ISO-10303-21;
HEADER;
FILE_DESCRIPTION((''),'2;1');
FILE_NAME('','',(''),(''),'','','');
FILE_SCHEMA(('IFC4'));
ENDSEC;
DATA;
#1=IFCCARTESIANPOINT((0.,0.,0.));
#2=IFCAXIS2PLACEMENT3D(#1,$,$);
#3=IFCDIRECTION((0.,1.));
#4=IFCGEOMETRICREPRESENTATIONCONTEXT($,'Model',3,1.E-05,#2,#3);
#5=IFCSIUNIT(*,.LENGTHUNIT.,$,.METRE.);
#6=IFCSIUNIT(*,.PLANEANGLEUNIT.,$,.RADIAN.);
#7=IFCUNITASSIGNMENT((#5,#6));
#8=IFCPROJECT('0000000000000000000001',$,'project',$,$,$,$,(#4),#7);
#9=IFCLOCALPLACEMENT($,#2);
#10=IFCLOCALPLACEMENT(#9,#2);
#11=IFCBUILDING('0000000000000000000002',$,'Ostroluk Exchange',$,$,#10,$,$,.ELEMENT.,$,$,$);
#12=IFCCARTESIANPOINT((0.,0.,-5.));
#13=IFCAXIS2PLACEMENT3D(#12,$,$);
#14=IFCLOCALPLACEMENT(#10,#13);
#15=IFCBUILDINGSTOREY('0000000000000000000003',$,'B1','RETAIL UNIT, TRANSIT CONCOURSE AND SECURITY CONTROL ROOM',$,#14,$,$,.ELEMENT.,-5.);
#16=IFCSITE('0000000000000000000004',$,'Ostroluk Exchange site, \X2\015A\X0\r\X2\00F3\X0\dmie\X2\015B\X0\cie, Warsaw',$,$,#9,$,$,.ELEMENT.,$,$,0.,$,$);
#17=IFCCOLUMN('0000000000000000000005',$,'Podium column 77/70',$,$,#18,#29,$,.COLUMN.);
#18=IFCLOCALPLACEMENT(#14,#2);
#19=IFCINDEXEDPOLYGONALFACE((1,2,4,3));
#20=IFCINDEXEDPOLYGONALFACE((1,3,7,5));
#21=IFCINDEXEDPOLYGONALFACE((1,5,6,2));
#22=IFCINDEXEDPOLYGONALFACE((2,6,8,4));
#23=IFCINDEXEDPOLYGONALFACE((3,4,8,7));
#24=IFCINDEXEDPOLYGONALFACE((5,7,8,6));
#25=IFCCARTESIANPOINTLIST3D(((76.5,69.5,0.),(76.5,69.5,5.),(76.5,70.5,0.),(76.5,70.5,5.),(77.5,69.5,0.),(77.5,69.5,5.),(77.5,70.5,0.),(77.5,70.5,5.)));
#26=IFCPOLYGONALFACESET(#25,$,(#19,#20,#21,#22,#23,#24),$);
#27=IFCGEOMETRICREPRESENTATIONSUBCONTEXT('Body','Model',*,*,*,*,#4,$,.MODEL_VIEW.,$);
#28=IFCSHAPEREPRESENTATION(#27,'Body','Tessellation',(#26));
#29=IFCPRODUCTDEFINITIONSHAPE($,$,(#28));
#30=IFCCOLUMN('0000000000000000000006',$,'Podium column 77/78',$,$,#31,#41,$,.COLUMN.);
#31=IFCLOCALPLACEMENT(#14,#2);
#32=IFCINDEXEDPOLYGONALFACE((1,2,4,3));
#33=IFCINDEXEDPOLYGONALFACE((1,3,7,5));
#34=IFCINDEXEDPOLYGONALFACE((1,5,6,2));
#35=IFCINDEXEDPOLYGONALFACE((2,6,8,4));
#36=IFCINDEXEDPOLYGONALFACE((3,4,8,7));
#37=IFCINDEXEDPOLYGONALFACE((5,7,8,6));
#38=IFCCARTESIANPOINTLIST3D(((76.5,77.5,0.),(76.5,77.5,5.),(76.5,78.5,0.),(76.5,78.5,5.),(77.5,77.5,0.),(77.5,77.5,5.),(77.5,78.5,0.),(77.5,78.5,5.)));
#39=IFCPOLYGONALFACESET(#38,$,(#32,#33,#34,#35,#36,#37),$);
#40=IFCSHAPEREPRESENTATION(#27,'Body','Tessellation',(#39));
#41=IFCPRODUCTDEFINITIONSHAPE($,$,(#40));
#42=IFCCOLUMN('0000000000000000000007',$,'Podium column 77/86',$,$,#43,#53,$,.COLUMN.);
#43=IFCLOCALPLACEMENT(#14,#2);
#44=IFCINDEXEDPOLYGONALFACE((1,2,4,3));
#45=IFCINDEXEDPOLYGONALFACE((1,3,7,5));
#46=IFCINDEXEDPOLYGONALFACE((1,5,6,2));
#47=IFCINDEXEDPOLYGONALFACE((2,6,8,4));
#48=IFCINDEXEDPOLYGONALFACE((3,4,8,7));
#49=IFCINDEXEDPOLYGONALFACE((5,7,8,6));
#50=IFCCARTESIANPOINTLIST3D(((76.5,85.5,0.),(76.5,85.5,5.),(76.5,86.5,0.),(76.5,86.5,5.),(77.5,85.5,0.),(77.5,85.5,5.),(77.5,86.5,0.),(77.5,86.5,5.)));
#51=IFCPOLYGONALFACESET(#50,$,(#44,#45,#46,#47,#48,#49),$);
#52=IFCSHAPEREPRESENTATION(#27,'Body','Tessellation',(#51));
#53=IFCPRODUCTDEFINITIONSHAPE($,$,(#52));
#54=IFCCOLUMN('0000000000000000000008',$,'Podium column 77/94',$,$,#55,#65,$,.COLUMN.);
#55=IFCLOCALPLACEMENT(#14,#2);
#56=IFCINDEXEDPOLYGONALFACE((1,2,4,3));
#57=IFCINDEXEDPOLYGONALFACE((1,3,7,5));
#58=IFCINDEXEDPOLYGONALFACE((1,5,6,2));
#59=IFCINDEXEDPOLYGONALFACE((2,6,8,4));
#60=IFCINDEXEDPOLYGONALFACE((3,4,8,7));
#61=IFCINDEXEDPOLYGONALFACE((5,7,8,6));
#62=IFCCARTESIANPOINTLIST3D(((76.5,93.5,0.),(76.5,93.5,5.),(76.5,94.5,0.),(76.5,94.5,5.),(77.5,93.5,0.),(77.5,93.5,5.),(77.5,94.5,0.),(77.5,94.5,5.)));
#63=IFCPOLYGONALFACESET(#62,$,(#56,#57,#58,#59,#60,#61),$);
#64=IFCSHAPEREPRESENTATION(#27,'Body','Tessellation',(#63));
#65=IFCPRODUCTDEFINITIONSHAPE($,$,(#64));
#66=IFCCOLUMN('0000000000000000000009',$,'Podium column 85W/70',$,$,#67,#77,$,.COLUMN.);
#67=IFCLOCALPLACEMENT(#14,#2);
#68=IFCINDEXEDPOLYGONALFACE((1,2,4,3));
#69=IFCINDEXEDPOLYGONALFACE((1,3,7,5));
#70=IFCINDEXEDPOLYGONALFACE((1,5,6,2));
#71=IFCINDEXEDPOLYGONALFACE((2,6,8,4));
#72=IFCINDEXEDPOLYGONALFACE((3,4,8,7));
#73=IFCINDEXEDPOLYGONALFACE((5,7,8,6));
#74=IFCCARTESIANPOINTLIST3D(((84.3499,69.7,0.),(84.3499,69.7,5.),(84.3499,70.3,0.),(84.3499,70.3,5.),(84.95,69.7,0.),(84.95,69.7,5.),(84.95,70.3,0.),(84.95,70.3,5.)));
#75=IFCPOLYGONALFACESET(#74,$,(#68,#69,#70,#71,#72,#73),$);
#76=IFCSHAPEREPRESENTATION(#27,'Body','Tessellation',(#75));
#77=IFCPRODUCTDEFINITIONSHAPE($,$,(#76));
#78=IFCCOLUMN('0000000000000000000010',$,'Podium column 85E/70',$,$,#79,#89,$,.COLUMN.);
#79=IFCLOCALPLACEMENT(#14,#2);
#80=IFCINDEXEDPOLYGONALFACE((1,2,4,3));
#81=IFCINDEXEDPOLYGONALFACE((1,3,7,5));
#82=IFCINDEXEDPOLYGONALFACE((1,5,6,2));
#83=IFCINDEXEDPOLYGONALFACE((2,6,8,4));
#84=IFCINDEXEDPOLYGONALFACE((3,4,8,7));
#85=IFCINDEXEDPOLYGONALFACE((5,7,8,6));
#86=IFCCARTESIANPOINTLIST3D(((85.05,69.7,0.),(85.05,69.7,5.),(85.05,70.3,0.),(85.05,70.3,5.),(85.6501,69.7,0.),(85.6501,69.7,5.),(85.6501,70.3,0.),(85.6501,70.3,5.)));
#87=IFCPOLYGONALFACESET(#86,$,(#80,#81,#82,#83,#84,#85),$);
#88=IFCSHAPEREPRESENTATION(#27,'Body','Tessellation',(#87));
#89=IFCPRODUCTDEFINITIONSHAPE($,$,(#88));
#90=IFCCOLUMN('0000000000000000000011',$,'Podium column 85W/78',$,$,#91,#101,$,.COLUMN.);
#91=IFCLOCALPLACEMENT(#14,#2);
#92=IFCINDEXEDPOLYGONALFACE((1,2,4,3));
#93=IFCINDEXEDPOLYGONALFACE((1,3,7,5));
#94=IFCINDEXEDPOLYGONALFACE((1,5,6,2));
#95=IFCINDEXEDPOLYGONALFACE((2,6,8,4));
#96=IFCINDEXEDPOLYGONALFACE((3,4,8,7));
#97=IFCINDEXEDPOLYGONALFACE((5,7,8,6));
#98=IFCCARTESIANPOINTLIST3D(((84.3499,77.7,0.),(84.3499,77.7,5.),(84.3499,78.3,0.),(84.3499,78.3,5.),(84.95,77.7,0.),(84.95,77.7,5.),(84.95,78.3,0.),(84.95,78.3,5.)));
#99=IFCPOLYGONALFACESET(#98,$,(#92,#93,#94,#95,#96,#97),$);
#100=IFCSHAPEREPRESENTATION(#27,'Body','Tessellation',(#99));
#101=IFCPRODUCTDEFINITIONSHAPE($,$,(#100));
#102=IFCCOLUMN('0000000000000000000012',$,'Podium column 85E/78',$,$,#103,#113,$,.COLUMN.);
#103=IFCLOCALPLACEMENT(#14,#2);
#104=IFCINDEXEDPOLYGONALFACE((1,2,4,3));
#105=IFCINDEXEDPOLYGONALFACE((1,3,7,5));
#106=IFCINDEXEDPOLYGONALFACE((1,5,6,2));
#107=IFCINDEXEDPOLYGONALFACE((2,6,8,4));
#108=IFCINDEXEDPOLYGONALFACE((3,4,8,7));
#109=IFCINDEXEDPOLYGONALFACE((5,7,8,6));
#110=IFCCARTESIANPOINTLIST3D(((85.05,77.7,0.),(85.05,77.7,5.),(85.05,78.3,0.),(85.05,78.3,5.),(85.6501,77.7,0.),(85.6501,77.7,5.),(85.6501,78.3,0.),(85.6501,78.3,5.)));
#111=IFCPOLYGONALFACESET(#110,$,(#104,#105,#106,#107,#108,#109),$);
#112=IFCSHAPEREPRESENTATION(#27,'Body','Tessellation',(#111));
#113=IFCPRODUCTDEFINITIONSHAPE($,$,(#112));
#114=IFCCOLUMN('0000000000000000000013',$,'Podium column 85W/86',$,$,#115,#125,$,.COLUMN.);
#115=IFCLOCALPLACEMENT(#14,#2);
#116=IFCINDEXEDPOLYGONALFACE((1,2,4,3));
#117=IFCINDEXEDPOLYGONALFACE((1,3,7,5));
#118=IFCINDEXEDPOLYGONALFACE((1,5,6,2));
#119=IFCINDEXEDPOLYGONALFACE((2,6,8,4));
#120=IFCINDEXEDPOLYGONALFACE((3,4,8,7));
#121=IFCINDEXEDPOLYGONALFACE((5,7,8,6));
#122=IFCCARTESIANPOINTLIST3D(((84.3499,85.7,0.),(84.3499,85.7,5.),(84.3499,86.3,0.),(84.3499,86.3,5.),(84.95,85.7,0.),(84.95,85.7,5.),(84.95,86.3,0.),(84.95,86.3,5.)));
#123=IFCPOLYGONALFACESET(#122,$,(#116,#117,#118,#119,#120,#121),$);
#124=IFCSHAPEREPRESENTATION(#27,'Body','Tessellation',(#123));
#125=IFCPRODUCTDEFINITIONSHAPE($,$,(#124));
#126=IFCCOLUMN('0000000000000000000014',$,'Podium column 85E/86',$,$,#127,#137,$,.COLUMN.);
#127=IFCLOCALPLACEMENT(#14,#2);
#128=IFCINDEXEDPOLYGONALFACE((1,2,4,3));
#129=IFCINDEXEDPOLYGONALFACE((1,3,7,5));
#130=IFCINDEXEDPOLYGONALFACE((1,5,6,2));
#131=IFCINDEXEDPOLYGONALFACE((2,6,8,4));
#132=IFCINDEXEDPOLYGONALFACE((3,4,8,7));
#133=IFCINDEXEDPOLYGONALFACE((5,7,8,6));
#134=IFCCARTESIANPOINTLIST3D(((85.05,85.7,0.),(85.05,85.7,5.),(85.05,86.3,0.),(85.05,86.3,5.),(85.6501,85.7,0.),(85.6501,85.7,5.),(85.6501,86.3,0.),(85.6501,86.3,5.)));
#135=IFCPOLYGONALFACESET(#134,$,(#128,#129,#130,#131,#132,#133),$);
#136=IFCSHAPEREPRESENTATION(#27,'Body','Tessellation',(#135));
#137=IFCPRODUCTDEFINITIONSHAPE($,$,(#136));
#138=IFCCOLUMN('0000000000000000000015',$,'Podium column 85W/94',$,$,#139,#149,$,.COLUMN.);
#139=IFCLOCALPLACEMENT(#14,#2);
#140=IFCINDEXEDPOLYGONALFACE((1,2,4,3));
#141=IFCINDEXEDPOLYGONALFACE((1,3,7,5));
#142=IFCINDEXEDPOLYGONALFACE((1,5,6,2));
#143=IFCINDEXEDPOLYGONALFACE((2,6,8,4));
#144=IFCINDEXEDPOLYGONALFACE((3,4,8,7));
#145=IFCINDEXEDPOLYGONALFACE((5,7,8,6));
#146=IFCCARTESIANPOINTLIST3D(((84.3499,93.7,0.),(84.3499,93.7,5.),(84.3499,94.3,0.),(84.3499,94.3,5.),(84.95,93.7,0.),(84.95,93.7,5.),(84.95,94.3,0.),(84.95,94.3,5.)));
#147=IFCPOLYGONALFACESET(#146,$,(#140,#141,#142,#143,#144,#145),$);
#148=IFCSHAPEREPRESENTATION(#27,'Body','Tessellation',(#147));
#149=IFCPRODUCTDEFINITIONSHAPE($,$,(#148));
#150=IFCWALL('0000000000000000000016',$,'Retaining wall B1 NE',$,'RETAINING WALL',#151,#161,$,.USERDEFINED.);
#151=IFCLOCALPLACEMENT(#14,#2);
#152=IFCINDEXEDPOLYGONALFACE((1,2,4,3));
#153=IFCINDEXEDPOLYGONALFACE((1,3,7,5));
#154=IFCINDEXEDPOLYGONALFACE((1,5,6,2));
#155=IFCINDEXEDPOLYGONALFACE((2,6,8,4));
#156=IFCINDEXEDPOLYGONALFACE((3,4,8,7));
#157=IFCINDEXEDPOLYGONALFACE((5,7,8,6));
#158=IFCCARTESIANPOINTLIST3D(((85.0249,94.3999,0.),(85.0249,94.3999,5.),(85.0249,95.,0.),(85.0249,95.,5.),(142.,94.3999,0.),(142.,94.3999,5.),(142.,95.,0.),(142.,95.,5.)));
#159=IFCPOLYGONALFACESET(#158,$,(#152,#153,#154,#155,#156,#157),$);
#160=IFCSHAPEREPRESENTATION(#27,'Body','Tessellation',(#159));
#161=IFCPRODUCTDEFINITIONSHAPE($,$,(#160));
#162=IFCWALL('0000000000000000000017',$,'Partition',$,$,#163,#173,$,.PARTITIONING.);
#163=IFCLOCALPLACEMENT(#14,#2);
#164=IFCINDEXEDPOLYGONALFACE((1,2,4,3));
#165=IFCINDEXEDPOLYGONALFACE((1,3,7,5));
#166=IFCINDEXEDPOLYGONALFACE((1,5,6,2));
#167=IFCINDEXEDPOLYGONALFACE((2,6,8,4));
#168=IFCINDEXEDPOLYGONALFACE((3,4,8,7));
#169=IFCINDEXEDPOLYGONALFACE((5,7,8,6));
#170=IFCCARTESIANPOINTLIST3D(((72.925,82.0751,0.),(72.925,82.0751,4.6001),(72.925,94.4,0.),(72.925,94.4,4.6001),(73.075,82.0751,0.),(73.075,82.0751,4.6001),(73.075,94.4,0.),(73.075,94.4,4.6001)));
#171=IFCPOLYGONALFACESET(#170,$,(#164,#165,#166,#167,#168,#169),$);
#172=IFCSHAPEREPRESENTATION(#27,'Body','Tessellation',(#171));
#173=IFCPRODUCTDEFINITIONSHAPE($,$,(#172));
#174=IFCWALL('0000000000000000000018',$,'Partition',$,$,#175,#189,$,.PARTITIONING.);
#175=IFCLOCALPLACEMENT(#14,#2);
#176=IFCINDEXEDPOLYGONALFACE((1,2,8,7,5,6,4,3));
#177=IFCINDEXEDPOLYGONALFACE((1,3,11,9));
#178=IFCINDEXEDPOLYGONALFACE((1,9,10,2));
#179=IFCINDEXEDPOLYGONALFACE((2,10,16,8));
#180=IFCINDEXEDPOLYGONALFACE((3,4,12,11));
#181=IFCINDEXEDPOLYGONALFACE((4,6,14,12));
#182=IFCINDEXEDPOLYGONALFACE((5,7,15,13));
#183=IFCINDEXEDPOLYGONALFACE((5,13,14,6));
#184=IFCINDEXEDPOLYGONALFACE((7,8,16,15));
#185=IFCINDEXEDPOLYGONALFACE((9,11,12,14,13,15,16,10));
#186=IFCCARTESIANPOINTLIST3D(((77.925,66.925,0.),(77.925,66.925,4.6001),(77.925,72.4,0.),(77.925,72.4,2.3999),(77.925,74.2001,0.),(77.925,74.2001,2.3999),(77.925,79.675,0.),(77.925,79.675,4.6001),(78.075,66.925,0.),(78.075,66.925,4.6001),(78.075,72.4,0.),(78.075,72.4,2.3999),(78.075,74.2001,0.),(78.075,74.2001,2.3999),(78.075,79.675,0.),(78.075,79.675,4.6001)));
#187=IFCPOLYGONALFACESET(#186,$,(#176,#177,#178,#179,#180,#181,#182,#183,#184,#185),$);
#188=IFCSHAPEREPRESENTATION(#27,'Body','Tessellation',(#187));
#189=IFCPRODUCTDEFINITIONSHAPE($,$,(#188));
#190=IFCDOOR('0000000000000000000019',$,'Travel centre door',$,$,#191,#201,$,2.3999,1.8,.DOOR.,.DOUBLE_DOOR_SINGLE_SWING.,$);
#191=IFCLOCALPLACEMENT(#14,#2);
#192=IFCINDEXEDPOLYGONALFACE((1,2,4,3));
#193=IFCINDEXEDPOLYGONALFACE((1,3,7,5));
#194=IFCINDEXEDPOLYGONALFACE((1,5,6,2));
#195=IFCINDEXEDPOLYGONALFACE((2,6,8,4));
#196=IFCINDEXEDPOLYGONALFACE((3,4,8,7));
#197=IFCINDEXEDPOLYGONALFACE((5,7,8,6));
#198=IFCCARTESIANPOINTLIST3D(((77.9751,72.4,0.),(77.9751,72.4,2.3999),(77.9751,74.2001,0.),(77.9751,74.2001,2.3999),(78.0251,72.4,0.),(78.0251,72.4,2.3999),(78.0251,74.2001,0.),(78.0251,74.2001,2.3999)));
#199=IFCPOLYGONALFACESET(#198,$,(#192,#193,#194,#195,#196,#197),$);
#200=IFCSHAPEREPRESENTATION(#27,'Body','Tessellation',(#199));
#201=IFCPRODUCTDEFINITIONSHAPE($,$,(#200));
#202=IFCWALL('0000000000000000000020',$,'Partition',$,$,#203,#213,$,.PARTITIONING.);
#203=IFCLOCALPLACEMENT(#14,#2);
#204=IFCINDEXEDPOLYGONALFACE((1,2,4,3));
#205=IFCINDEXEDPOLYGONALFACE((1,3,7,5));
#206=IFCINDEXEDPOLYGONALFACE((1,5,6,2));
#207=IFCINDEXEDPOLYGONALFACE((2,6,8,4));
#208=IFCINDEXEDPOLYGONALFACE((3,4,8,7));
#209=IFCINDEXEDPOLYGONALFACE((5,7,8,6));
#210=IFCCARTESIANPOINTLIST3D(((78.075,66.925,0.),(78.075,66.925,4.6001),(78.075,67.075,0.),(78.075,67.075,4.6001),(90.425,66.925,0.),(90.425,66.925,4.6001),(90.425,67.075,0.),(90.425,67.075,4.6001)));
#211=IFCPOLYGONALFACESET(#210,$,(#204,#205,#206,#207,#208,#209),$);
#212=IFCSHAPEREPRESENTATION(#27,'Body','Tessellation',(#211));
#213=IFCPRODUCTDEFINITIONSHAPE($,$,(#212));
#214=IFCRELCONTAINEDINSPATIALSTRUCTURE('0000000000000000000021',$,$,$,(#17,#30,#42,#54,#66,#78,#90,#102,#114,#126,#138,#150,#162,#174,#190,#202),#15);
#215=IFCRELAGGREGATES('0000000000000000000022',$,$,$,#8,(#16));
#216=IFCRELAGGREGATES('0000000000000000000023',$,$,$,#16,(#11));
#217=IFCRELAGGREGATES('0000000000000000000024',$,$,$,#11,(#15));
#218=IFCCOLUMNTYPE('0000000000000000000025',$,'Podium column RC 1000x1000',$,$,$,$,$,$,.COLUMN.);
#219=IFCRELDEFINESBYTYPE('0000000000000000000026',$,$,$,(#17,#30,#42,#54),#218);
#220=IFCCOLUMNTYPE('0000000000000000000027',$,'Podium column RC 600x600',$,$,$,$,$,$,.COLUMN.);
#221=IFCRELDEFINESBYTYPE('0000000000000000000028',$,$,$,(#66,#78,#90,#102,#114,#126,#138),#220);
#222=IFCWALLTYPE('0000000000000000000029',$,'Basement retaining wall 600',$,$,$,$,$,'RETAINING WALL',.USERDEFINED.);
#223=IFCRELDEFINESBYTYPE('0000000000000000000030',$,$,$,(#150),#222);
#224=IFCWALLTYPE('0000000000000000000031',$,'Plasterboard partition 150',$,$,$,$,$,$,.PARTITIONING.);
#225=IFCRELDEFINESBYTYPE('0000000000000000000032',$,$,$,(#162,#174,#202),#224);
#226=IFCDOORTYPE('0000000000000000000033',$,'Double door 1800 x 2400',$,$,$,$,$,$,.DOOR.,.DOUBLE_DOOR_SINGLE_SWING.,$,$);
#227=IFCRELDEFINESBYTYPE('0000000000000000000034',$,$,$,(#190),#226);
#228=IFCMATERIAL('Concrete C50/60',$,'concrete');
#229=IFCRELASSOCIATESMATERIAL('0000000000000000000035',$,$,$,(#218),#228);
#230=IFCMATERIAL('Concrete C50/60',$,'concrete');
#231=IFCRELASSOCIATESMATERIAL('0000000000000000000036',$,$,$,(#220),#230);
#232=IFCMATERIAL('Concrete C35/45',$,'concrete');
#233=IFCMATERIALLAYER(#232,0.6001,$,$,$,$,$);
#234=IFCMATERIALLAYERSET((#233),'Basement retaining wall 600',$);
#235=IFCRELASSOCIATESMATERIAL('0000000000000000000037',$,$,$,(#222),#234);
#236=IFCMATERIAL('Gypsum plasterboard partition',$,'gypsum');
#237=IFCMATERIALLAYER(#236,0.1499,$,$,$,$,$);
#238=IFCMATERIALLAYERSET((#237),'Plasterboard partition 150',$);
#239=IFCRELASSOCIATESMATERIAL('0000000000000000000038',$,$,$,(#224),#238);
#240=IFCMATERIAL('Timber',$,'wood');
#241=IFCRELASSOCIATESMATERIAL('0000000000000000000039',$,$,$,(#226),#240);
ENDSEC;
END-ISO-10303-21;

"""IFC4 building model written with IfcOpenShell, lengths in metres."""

from ifc_helpers import new_model, si_unit, direction, frame, frame_2d, origin, origin_2d, place, context, subcontext, project, spatial, rectangle, extrude, material, layer, layer_set, material_profile, profile_set, type_object, element, fill, save


model = new_model("IFC4")

# Units and contexts
model_context = context("Model", 3, precision=1e-05, world=origin(), true_north=direction((0.0, 1.0)))
body_context = subcontext(model_context, "Body", "Model", "MODEL_VIEW")
ifc_project = project(units=[si_unit("LENGTHUNIT", "METRE"), si_unit("PLANEANGLEUNIT", "RADIAN")], contexts=[model_context])

# Site, building, storey
site_placement = place(None, origin())
site = spatial("IfcSite", under=ifc_project, at=site_placement, Name="Ostroluk Exchange site, Śródmieście, Warsaw", CompositionType="ELEMENT", RefElevation=0.0)
building_placement = place(site_placement, origin())
building = spatial("IfcBuilding", under=site, at=building_placement, Name="Ostroluk Exchange", CompositionType="ELEMENT")
storey_placement = place(building_placement, frame((0.0, 0.0, -5.0)))
storey = spatial("IfcBuildingStorey", under=building, at=storey_placement, Name="B1", Description="RETAIL UNIT, TRANSIT CONCOURSE AND SECURITY CONTROL ROOM", CompositionType="ELEMENT", Elevation=-5.0)

# Columns
ifc_material_1 = material(Name="Concrete C50/60", Category="concrete")
ifc_material_profile_1 = material_profile(ifc_material_1, rectangle(XDim=1.0, YDim=1.0, at=origin_2d()), Name="RC 1000x1000")
ifc_profile_set_1 = profile_set([ifc_material_profile_1], Name="Concrete C50/60")
column_type_1 = type_object("IfcColumnType", Name="Podium column RC 1000x1000", PredefinedType="COLUMN", material=ifc_profile_set_1)
for number, where, z_axis, x_axis, name in (
    (1, (77.0, 70.0, 0.0), (0.0, 0.0, 1.0), (1.0, 0.0, 0.0), "Podium column 77/70"),
    (2, (77.0, 78.0, 0.0), (0.0, 0.0, 1.0), (1.0, 0.0, 0.0), "Podium column 77/78"),
    (3, (77.0, 86.0, 0.0), (0.0, 0.0, 1.0), (1.0, 0.0, 0.0), "Podium column 77/86"),
    (4, (77.0, 94.0, 0.0), (0.0, 0.0, 1.0), (1.0, 0.0, 0.0), "Podium column 77/94"),
):
    element("IfcColumn", number, at=place(storey_placement, frame(where, z_axis=z_axis, x_axis=x_axis)), inside=storey, type_object=column_type_1, Name=name, PredefinedType="COLUMN", context=body_context, shape_type="SweptSolid", body=[
        extrude(rectangle(XDim=1.0, YDim=1.0, at=origin_2d()), origin(), (0.0, 0.0, 1.0), 5.0),
    ])
ifc_material_2 = material(Name="Concrete C50/60", Category="concrete")
ifc_material_profile_2 = material_profile(ifc_material_2, rectangle(XDim=0.6001, YDim=0.6001, at=origin_2d()), Name="RC 600x600")
ifc_profile_set_2 = profile_set([ifc_material_profile_2], Name="Concrete C50/60")
column_type_2 = type_object("IfcColumnType", Name="Podium column RC 600x600", PredefinedType="COLUMN", material=ifc_profile_set_2)
for number, where, z_axis, x_axis, name in (
    (5, (84.6499, 70.0, 0.0), (0.0, 0.0, 1.0), (1.0, 0.0, 0.0), "Podium column 85W/70"),
    (6, (85.3501, 70.0, 0.0), (0.0, 0.0, 1.0), (1.0, 0.0, 0.0), "Podium column 85E/70"),
    (7, (84.6499, 78.0, 0.0), (0.0, 0.0, 1.0), (1.0, 0.0, 0.0), "Podium column 85W/78"),
    (8, (85.3501, 78.0, 0.0), (0.0, 0.0, 1.0), (1.0, 0.0, 0.0), "Podium column 85E/78"),
    (9, (84.6499, 86.0, 0.0), (0.0, 0.0, 1.0), (1.0, 0.0, 0.0), "Podium column 85W/86"),
    (10, (85.3501, 86.0, 0.0), (0.0, 0.0, 1.0), (1.0, 0.0, 0.0), "Podium column 85E/86"),
    (11, (84.6499, 94.0, 0.0), (0.0, 0.0, 1.0), (1.0, 0.0, 0.0), "Podium column 85W/94"),
):
    element("IfcColumn", number, at=place(storey_placement, frame(where, z_axis=z_axis, x_axis=x_axis)), inside=storey, type_object=column_type_2, Name=name, PredefinedType="COLUMN", context=body_context, shape_type="SweptSolid", body=[
        extrude(rectangle(XDim=0.6001, YDim=0.6001, at=origin_2d()), origin(), (0.0, 0.0, 1.0), 5.0),
    ])

# Walls
ifc_material_3 = material(Name="Concrete C35/45", Category="concrete")
ifc_layer_1 = layer(ifc_material_3, 0.6001)
ifc_layer_set_1 = layer_set([ifc_layer_1], Name="Basement retaining wall 600")
wall_type_1 = type_object("IfcWallType", Name="Basement retaining wall 600", ElementType="RETAINING WALL", PredefinedType="USERDEFINED", material=ifc_layer_set_1)
wall_1_placement = place(storey_placement, frame((85.0249, 94.7, 0.0), z_axis=(0.0, 0.0, 1.0), x_axis=(1.0, 0.0, 0.0)))
element("IfcWall", 12, at=wall_1_placement, inside=storey, type_object=wall_type_1, Name="Retaining wall B1 NE", ObjectType="RETAINING WALL", PredefinedType="USERDEFINED", context=body_context, shape_type="SweptSolid", body=[
    extrude(rectangle(XDim=56.9751, YDim=0.6001, at=frame_2d((28.4875, 0.0))), origin(), (0.0, 0.0, 1.0), 5.0),
])
ifc_material_4 = material(Name="Gypsum plasterboard partition", Category="gypsum")
ifc_layer_2 = layer(ifc_material_4, 0.1499)
ifc_layer_set_2 = layer_set([ifc_layer_2], Name="Plasterboard partition 150")
wall_type_2 = type_object("IfcWallType", Name="Plasterboard partition 150", PredefinedType="PARTITIONING", material=ifc_layer_set_2)
wall_2_placement = place(storey_placement, frame((73.0, 82.075, 0.0), z_axis=(0.0, 0.0, 1.0), x_axis=(0.0, 1.0, 0.0)))
element("IfcWall", 13, at=wall_2_placement, inside=storey, type_object=wall_type_2, Name="Partition", PredefinedType="PARTITIONING", context=body_context, shape_type="SweptSolid", body=[
    extrude(rectangle(XDim=12.325, YDim=0.1499, at=frame_2d((6.1626, 0.0))), origin(), (0.0, 0.0, 1.0), 4.6001),
])

# Wall, opening, door
wall_3_placement = place(storey_placement, frame((78.0, 66.925, 0.0), z_axis=(0.0, 0.0, 1.0), x_axis=(0.0, 1.0, 0.0)))
wall_3 = element("IfcWall", 14, at=wall_3_placement, inside=storey, type_object=wall_type_2, Name="Partition", PredefinedType="PARTITIONING", context=body_context, shape_type="SweptSolid", body=[
    extrude(rectangle(XDim=12.75, YDim=0.1499, at=frame_2d((6.375, 0.0))), origin(), (0.0, 0.0, 1.0), 4.6001),
])
opening_placement = place(wall_3_placement, frame((5.4751, 0.0, 0.0)))
opening = element("IfcOpeningElement", 15, at=opening_placement, cuts=wall_3, PredefinedType="OPENING", context=body_context, shape_type="SweptSolid", body=[
    extrude(rectangle(XDim=1.8, YDim=2.3999, at=frame_2d((0.8999, 1.2))), frame((0.0, 0.085, 0.0), z_axis=(0.0, -1.0, 0.0), x_axis=(1.0, 0.0, 0.0)), (0.0, 0.0, 1.0), 0.1699),
])
ifc_material_5 = material(Name="Timber", Category="wood")
door_type = type_object("IfcDoorType", Name="Double door 1800 x 2400", OperationType="DOUBLE_DOOR_SINGLE_SWING", PredefinedType="DOOR", material=ifc_material_5)
door_placement = place(opening_placement, origin())
door = element("IfcDoor", 16, at=door_placement, inside=storey, type_object=door_type, Name="Travel centre door", OperationType="DOUBLE_DOOR_SINGLE_SWING", OverallHeight=2.3999, OverallWidth=1.8, PredefinedType="DOOR", context=body_context, shape_type="SweptSolid", body=[
    extrude(rectangle(XDim=1.8, YDim=2.3999, at=frame_2d((0.8999, 1.2))), frame((0.0, 0.0249, 0.0), z_axis=(0.0, -1.0, 0.0), x_axis=(1.0, 0.0, 0.0)), (0.0, 0.0, 1.0), 0.05),
])
fill(opening, door)

# Wall
for number, where, z_axis, x_axis, name in (
    (17, (78.075, 67.0, 0.0), (0.0, 0.0, 1.0), (1.0, 0.0, 0.0), "Partition"),
):
    element("IfcWall", number, at=place(storey_placement, frame(where, z_axis=z_axis, x_axis=x_axis)), inside=storey, type_object=wall_type_2, Name=name, PredefinedType="PARTITIONING", context=body_context, shape_type="SweptSolid", body=[
        extrude(rectangle(XDim=12.3501, YDim=0.1499, at=frame_2d((6.175, 0.0))), origin(), (0.0, 0.0, 1.0), 4.6001),
    ])

save(model, "model.ifc")
